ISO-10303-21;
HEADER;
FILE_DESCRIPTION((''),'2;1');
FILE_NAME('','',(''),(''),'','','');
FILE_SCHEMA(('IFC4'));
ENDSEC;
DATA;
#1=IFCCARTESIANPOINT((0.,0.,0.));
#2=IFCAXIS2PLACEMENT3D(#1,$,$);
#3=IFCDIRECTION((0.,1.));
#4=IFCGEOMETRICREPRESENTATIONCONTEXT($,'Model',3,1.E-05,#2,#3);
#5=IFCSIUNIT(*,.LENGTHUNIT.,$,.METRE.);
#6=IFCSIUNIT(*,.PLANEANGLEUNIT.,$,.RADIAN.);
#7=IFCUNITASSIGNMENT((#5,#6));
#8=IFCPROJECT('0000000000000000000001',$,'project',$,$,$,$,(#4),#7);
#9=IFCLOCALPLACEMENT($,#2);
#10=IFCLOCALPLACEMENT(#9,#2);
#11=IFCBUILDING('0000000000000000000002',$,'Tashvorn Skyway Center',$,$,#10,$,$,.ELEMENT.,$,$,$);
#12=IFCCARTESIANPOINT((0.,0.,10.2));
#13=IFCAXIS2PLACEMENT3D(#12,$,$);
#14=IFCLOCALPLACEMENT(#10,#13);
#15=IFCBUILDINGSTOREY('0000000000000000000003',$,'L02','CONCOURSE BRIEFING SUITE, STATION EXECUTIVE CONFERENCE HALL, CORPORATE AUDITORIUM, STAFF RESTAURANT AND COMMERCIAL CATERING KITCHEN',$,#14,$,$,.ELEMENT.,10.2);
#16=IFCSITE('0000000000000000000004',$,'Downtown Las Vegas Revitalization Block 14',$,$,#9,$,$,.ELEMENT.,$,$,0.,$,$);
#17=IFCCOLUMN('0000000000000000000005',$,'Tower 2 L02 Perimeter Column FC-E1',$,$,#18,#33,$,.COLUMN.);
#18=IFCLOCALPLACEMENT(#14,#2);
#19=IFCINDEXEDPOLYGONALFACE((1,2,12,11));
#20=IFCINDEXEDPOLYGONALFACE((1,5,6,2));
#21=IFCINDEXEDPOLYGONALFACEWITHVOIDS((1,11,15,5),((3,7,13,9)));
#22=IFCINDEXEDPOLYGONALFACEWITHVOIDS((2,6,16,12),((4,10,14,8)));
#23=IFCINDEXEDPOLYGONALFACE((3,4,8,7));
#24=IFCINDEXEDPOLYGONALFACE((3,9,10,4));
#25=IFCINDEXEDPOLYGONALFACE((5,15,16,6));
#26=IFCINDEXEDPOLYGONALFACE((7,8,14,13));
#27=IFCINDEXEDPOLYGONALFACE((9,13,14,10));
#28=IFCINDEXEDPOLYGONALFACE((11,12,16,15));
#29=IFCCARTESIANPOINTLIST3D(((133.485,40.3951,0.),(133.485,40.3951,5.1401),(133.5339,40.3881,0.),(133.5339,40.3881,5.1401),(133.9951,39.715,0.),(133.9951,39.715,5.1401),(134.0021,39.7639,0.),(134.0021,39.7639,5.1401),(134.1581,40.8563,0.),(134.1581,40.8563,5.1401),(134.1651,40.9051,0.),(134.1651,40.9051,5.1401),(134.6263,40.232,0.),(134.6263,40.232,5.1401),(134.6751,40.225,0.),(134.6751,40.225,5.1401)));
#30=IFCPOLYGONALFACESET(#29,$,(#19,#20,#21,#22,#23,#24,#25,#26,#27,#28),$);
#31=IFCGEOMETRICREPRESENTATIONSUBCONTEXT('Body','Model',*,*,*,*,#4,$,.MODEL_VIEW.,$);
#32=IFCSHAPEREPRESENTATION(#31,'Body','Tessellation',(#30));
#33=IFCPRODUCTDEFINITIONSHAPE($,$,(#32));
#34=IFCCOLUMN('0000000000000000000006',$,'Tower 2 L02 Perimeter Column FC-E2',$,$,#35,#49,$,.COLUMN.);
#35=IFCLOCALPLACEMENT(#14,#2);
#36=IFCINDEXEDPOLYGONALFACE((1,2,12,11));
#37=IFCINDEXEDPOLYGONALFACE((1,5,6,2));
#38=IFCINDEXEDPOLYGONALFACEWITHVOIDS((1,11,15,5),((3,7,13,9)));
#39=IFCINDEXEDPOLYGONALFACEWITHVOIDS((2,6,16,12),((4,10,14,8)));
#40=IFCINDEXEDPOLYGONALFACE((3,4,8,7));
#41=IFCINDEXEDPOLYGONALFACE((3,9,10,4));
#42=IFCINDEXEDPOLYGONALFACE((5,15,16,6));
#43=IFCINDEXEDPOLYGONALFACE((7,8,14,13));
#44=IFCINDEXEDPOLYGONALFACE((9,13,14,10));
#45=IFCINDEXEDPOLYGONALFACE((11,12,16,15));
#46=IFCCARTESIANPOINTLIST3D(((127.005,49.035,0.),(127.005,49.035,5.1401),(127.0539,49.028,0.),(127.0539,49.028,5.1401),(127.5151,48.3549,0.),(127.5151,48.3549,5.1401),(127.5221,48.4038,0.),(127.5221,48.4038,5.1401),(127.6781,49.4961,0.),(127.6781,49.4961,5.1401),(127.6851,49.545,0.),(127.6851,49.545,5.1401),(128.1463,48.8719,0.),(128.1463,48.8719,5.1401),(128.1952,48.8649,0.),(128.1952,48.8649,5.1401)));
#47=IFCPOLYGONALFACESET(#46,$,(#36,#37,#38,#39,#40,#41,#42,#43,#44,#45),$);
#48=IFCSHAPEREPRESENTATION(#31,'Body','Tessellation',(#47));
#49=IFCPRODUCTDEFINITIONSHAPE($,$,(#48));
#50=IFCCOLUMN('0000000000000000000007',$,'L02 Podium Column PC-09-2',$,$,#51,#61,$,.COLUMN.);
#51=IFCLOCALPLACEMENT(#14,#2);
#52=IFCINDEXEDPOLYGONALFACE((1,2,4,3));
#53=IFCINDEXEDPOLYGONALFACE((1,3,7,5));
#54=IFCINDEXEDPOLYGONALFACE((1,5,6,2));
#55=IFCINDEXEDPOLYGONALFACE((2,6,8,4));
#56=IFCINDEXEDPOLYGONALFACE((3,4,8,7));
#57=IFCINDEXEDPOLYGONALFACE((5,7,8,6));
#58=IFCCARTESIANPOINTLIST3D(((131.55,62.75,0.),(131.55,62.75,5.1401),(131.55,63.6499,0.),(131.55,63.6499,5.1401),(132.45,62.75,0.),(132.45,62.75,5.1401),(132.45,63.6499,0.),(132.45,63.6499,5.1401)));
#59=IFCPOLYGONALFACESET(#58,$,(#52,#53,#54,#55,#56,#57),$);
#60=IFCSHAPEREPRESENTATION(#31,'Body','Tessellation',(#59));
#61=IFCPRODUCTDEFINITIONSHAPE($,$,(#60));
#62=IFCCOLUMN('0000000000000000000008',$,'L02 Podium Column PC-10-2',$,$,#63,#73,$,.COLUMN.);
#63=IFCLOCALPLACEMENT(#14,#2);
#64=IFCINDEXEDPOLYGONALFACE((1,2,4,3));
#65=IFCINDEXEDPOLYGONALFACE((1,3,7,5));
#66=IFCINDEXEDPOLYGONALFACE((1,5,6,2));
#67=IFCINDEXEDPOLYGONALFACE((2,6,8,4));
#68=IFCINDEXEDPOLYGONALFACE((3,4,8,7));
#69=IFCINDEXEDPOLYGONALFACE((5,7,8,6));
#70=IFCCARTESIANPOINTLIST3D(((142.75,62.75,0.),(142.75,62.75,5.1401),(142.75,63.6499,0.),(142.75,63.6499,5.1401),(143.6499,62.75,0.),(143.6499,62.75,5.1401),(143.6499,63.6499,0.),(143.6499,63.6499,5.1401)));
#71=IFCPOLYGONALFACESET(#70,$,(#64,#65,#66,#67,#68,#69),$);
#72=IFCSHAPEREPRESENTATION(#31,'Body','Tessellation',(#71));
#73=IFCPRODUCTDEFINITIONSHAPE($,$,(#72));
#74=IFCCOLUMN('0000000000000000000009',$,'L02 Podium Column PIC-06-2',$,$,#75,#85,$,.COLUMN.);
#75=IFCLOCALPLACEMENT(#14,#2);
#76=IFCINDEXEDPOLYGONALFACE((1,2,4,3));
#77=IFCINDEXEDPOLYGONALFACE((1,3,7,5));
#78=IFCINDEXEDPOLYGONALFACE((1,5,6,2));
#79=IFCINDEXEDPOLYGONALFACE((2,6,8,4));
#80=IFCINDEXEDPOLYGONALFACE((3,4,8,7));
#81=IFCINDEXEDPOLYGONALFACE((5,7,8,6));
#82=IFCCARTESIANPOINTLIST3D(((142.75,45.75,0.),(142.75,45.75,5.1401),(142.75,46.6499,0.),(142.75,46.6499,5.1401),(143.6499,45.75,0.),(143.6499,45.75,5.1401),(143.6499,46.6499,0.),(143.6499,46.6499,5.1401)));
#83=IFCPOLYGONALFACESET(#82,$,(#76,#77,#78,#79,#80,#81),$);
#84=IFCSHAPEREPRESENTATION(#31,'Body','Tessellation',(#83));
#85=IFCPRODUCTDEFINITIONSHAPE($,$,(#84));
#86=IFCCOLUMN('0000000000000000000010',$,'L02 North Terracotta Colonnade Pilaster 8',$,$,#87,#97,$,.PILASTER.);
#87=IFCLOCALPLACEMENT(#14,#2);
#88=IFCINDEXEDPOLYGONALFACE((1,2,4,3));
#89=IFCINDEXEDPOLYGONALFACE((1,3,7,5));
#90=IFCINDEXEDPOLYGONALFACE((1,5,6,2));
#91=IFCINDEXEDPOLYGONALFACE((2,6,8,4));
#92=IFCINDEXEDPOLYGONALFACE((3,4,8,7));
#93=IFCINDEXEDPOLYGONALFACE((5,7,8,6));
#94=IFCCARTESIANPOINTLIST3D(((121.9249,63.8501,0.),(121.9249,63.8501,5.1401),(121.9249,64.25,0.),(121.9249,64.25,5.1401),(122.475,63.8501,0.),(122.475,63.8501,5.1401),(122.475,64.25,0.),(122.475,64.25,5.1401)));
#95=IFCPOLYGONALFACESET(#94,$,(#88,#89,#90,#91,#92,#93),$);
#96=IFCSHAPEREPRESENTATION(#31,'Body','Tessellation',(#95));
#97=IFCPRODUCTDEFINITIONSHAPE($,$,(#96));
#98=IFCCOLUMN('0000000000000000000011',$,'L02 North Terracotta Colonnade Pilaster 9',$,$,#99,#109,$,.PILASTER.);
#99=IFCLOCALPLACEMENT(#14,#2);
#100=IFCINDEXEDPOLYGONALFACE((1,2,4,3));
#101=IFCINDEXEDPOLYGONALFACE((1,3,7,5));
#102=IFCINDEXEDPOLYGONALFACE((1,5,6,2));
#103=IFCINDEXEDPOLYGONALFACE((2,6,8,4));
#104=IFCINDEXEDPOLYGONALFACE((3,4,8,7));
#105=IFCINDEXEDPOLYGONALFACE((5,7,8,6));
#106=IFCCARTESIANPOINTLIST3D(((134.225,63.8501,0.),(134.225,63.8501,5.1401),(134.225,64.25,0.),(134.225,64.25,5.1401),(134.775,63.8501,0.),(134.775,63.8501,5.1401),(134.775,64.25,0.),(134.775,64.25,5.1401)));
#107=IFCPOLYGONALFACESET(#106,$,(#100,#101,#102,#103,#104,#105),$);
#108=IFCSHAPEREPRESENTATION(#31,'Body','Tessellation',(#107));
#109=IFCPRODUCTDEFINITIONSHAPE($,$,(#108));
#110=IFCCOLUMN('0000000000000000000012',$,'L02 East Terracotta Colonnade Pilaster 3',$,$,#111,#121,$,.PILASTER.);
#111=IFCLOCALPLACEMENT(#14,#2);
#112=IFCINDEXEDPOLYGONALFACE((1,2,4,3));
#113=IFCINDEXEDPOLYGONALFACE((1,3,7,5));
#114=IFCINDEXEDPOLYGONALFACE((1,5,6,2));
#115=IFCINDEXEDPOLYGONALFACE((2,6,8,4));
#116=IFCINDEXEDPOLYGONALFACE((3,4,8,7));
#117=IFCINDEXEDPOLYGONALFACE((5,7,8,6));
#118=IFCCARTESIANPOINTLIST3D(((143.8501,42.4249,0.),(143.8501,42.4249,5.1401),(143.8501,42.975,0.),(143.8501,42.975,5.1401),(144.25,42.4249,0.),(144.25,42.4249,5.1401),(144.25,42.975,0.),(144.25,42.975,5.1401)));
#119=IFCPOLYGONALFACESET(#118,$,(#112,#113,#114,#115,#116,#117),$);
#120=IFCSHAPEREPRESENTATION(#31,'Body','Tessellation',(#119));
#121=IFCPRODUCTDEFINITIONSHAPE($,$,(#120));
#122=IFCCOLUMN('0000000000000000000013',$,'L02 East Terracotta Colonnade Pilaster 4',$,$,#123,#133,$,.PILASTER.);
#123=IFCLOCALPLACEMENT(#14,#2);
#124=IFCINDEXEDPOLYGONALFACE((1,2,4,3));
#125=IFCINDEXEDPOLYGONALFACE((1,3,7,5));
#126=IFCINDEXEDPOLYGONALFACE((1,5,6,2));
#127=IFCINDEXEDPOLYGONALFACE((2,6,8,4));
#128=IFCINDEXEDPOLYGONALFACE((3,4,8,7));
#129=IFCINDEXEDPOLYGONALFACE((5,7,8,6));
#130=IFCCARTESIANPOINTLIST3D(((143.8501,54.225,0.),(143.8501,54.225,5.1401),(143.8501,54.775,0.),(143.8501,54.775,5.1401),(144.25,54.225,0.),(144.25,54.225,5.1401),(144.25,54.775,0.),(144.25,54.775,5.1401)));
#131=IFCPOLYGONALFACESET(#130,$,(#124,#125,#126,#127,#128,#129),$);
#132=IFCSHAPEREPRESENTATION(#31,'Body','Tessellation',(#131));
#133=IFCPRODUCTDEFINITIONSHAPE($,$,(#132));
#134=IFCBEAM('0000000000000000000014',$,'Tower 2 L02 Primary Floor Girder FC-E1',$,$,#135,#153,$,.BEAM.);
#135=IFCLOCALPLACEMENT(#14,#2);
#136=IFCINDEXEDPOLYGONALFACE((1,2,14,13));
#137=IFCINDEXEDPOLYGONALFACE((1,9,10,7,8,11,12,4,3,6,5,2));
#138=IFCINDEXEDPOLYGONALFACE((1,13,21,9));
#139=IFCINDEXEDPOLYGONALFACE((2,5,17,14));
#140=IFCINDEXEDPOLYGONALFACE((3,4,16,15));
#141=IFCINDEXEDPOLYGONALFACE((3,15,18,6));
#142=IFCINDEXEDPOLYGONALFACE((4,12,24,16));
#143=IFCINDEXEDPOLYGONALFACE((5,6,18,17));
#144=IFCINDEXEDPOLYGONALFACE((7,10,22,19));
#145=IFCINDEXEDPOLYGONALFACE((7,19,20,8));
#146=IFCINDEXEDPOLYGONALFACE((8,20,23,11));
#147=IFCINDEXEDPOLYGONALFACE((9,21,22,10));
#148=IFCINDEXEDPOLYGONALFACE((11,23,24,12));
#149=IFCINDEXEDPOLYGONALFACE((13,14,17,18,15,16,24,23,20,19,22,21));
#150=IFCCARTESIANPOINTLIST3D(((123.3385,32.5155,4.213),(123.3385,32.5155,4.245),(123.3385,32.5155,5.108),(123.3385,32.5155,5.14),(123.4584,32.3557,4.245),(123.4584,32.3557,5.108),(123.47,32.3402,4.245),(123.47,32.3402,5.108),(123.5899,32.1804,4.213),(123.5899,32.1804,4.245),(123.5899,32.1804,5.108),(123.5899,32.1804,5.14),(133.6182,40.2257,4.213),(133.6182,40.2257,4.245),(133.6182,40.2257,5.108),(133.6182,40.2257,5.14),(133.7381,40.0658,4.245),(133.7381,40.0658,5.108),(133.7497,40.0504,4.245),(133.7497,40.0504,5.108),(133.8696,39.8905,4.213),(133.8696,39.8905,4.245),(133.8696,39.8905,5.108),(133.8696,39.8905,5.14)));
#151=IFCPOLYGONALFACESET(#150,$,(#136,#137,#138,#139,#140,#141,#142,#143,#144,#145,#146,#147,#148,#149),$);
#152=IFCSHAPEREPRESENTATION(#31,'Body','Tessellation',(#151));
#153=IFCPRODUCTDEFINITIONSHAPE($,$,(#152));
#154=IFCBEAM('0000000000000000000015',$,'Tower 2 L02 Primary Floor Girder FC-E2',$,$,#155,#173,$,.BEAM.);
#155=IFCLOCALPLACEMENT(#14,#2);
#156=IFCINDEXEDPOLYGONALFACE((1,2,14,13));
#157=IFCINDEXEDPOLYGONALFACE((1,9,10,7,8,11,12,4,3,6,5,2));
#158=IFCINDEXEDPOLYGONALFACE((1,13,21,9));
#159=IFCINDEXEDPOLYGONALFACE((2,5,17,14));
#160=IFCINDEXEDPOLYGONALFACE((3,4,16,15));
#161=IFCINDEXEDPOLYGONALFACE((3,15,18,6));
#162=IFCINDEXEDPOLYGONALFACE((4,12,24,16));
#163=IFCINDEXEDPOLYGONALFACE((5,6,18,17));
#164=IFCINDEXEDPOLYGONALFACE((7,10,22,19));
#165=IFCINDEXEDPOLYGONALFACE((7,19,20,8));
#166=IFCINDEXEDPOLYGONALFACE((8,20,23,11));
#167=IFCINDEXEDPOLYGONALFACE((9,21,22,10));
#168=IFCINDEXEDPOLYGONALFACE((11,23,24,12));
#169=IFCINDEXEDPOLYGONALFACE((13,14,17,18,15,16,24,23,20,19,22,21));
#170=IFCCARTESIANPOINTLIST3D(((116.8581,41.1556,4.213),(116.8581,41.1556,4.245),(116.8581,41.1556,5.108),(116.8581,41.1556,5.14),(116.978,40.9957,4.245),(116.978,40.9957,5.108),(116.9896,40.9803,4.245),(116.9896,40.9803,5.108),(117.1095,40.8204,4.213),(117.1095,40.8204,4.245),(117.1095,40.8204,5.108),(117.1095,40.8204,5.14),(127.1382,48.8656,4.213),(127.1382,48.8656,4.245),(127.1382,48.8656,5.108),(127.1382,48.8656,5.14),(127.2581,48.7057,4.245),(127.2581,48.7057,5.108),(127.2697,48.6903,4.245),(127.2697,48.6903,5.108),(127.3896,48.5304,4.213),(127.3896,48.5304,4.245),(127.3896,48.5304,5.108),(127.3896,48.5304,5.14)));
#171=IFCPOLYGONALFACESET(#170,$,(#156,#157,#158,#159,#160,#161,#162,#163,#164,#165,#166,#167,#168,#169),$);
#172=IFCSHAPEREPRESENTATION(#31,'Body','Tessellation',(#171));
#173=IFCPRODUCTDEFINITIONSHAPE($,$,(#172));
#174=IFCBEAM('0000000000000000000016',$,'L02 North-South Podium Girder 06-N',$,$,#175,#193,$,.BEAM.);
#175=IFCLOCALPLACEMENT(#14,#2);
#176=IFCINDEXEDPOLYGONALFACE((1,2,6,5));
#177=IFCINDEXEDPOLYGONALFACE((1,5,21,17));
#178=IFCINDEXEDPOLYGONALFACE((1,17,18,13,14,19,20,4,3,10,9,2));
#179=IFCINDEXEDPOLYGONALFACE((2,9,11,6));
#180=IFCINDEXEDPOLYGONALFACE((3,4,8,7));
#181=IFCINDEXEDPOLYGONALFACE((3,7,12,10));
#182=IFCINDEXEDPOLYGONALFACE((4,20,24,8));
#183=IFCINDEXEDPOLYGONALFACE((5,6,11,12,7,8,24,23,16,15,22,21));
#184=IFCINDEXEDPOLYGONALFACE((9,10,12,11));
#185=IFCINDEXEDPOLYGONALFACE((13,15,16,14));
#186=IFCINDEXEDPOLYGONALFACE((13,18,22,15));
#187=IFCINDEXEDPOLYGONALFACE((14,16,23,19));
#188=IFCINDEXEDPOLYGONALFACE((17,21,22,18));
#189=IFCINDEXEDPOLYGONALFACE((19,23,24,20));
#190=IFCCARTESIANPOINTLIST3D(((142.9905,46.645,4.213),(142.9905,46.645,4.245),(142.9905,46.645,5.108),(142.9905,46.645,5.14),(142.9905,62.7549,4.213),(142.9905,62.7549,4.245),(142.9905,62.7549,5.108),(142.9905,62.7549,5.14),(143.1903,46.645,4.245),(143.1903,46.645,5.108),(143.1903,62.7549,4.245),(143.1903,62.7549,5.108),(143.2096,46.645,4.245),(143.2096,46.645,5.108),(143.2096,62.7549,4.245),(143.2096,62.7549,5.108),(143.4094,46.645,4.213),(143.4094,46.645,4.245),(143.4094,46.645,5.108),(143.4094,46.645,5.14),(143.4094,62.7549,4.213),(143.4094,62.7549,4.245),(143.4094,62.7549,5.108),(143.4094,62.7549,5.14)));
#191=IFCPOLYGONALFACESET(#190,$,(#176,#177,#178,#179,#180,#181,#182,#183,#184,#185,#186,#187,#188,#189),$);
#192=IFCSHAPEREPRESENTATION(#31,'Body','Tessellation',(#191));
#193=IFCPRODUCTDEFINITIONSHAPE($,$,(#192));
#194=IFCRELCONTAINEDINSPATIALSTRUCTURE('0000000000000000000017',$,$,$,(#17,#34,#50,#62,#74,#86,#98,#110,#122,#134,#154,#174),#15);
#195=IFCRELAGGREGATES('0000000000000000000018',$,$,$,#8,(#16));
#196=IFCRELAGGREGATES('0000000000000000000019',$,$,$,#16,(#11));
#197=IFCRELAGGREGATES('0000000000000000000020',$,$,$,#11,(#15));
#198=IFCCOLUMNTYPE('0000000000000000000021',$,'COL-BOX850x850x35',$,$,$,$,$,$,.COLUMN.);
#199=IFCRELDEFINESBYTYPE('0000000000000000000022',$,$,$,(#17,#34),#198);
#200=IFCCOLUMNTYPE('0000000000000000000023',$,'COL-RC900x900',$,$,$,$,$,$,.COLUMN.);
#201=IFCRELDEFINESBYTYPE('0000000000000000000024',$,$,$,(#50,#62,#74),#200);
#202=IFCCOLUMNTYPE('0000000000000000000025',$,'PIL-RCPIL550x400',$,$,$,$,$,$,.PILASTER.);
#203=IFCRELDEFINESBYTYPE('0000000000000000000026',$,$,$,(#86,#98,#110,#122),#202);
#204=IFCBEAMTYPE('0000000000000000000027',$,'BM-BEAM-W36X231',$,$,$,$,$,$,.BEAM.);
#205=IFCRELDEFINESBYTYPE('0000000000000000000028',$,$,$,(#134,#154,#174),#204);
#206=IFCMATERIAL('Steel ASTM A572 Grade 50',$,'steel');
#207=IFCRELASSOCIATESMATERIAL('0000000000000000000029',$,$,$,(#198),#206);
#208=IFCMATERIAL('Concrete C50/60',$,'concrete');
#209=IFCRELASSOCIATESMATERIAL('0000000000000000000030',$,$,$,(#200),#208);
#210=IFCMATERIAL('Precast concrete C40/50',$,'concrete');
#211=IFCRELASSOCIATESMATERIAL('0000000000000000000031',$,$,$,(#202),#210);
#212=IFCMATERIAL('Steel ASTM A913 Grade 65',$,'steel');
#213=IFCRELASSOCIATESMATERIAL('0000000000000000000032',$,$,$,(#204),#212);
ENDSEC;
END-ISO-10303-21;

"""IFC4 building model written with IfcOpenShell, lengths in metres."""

from ifc_helpers import new_model, si_unit, direction, frame, origin, origin_2d, place, context, subcontext, project, spatial, rectangle, hollow_rectangle, i_section, extrude, material, material_profile, profile_set, type_object, element, save


model = new_model("IFC4")

# Units and contexts
model_context = context("Model", 3, precision=1e-05, world=origin(), true_north=direction((0.0, 1.0)))
body_context = subcontext(model_context, "Body", "Model", "MODEL_VIEW")
ifc_project = project(units=[si_unit("LENGTHUNIT", "METRE"), si_unit("PLANEANGLEUNIT", "RADIAN")], contexts=[model_context])

# Site, building, storey
site_placement = place(None, origin())
site = spatial("IfcSite", under=ifc_project, at=site_placement, Name="Downtown Las Vegas Revitalization Block 14", CompositionType="ELEMENT", RefElevation=0.0)
building_placement = place(site_placement, origin())
building = spatial("IfcBuilding", under=site, at=building_placement, Name="Tashvorn Skyway Center", CompositionType="ELEMENT")
storey_placement = place(building_placement, frame((0.0, 0.0, 10.2)))
storey = spatial("IfcBuildingStorey", under=building, at=storey_placement, Name="L02", Description="CONCOURSE BRIEFING SUITE, STATION EXECUTIVE CONFERENCE HALL, CORPORATE AUDITORIUM, STAFF RESTAURANT AND COMMERCIAL CATERING KITCHEN", CompositionType="ELEMENT", Elevation=10.2)

# Columns
ifc_material_1 = material(Name="Steel ASTM A572 Grade 50", Category="steel")
ifc_material_profile_1 = material_profile(ifc_material_1, hollow_rectangle(XDim=0.8501, YDim=0.8501, WallThickness=0.0349, at=origin_2d()), Name="BOX850x850x35")
ifc_profile_set_1 = profile_set([ifc_material_profile_1], Name="Steel ASTM A572 Grade 50")
column_type_1 = type_object("IfcColumnType", Name="COL-BOX850x850x35", PredefinedType="COLUMN", material=ifc_profile_set_1)
for number, where, z_axis, x_axis, name in (
    (1, (134.0801, 40.3101, 0.0), (0.0, 0.0, 1.0), (0.8, 0.6, 0.0), "Tower 2 L02 Perimeter Column FC-E1"),
    (2, (127.6001, 48.95, 0.0), (0.0, 0.0, 1.0), (0.8, 0.6, 0.0), "Tower 2 L02 Perimeter Column FC-E2"),
):
    element("IfcColumn", number, at=place(storey_placement, frame(where, z_axis=z_axis, x_axis=x_axis)), inside=storey, type_object=column_type_1, Name=name, PredefinedType="COLUMN", context=body_context, shape_type="SweptSolid", body=[
        extrude(hollow_rectangle(XDim=0.8501, YDim=0.8501, WallThickness=0.0349, at=origin_2d()), origin(), (0.0, 0.0, 1.0), 5.1401),
    ])
ifc_material_2 = material(Name="Concrete C50/60", Category="concrete")
ifc_material_profile_2 = material_profile(ifc_material_2, rectangle(XDim=0.8999, YDim=0.8999, at=origin_2d()), Name="RC900x900")
ifc_profile_set_2 = profile_set([ifc_material_profile_2], Name="Concrete C50/60")
column_type_2 = type_object("IfcColumnType", Name="COL-RC900x900", PredefinedType="COLUMN", material=ifc_profile_set_2)
for number, where, z_axis, x_axis, name in (
    (3, (132.0, 63.2, 0.0), (0.0, 0.0, 1.0), (1.0, 0.0, 0.0), "L02 Podium Column PC-09-2"),
    (4, (143.2, 63.2, 0.0), (0.0, 0.0, 1.0), (1.0, 0.0, 0.0), "L02 Podium Column PC-10-2"),
    (5, (143.2, 46.2, 0.0), (0.0, 0.0, 1.0), (1.0, 0.0, 0.0), "L02 Podium Column PIC-06-2"),
):
    element("IfcColumn", number, at=place(storey_placement, frame(where, z_axis=z_axis, x_axis=x_axis)), inside=storey, type_object=column_type_2, Name=name, PredefinedType="COLUMN", context=body_context, shape_type="SweptSolid", body=[
        extrude(rectangle(XDim=0.8999, YDim=0.8999, at=origin_2d()), origin(), (0.0, 0.0, 1.0), 5.1401),
    ])
ifc_material_3 = material(Name="Precast concrete C40/50", Category="concrete")
ifc_material_profile_3 = material_profile(ifc_material_3, rectangle(XDim=0.55, YDim=0.3999, at=origin_2d()), Name="RCPIL550x400")
ifc_profile_set_3 = profile_set([ifc_material_profile_3], Name="Precast concrete C40/50")
column_type_3 = type_object("IfcColumnType", Name="PIL-RCPIL550x400", PredefinedType="PILASTER", material=ifc_profile_set_3)
for number, where, z_axis, x_axis, name in (
    (6, (122.2, 64.05, 0.0), (0.0, 0.0, 1.0), (1.0, 0.0, 0.0), "L02 North Terracotta Colonnade Pilaster 8"),
    (7, (134.5, 64.05, 0.0), (0.0, 0.0, 1.0), (1.0, 0.0, 0.0), "L02 North Terracotta Colonnade Pilaster 9"),
    (8, (144.05, 42.7, 0.0), (0.0, 0.0, 1.0), (0.0, 1.0, 0.0), "L02 East Terracotta Colonnade Pilaster 3"),
    (9, (144.05, 54.5, 0.0), (0.0, 0.0, 1.0), (0.0, 1.0, 0.0), "L02 East Terracotta Colonnade Pilaster 4"),
):
    element("IfcColumn", number, at=place(storey_placement, frame(where, z_axis=z_axis, x_axis=x_axis)), inside=storey, type_object=column_type_3, Name=name, PredefinedType="PILASTER", context=body_context, shape_type="SweptSolid", body=[
        extrude(rectangle(XDim=0.55, YDim=0.3999, at=origin_2d()), origin(), (0.0, 0.0, 1.0), 5.1401),
    ])

# Beams
ifc_material_4 = material(Name="Steel ASTM A913 Grade 65", Category="steel")
ifc_material_profile_4 = material_profile(ifc_material_4, i_section(OverallWidth=0.4189, OverallDepth=0.927, WebThickness=0.0193, FlangeThickness=0.032, at=origin_2d()), Name="W36X231")
ifc_profile_set_4 = profile_set([ifc_material_profile_4], Name="Steel ASTM A913 Grade 65")
beam_type_1 = type_object("IfcBeamType", Name="BM-BEAM-W36X231", PredefinedType="BEAM", material=ifc_profile_set_4)
beam_1_placement = place(storey_placement, frame((133.7439, 40.0581, 4.6765), z_axis=(-0.799986, -0.600018, 0.0), x_axis=(0.600018, -0.799986, 0.0)))
element("IfcBeam", 10, at=beam_1_placement, inside=storey, type_object=beam_type_1, Name="Tower 2 L02 Primary Floor Girder FC-E1", PredefinedType="BEAM", context=body_context, shape_type="SweptSolid", body=[
    extrude(i_section(OverallWidth=0.4189, OverallDepth=0.927, WebThickness=0.0193, FlangeThickness=0.032, at=origin_2d()), origin(), (0.0, 0.0, 1.0), 12.8499),
])
beam_2_placement = place(storey_placement, frame((127.2639, 48.698, 4.6765), z_axis=(-0.800002, -0.599997, 0.0), x_axis=(0.599997, -0.800002, 0.0)))
element("IfcBeam", 11, at=beam_2_placement, inside=storey, type_object=beam_type_1, Name="Tower 2 L02 Primary Floor Girder FC-E2", PredefinedType="BEAM", context=body_context, shape_type="SweptSolid", body=[
    extrude(i_section(OverallWidth=0.4189, OverallDepth=0.927, WebThickness=0.0193, FlangeThickness=0.032, at=origin_2d()), origin(), (0.0, 0.0, 1.0), 12.8501),
])
beam_3_placement = place(storey_placement, frame((143.2, 46.645, 4.6765), z_axis=(0.0, 1.0, 0.0), x_axis=(-1.0, 0.0, 0.0)))
element("IfcBeam", 12, at=beam_3_placement, inside=storey, type_object=beam_type_1, Name="L02 North-South Podium Girder 06-N", PredefinedType="BEAM", context=body_context, shape_type="SweptSolid", body=[
    extrude(i_section(OverallWidth=0.4189, OverallDepth=0.927, WebThickness=0.0193, FlangeThickness=0.032, at=origin_2d()), origin(), (0.0, 0.0, 1.0), 16.1099),
])

save(model, "model.ifc")
